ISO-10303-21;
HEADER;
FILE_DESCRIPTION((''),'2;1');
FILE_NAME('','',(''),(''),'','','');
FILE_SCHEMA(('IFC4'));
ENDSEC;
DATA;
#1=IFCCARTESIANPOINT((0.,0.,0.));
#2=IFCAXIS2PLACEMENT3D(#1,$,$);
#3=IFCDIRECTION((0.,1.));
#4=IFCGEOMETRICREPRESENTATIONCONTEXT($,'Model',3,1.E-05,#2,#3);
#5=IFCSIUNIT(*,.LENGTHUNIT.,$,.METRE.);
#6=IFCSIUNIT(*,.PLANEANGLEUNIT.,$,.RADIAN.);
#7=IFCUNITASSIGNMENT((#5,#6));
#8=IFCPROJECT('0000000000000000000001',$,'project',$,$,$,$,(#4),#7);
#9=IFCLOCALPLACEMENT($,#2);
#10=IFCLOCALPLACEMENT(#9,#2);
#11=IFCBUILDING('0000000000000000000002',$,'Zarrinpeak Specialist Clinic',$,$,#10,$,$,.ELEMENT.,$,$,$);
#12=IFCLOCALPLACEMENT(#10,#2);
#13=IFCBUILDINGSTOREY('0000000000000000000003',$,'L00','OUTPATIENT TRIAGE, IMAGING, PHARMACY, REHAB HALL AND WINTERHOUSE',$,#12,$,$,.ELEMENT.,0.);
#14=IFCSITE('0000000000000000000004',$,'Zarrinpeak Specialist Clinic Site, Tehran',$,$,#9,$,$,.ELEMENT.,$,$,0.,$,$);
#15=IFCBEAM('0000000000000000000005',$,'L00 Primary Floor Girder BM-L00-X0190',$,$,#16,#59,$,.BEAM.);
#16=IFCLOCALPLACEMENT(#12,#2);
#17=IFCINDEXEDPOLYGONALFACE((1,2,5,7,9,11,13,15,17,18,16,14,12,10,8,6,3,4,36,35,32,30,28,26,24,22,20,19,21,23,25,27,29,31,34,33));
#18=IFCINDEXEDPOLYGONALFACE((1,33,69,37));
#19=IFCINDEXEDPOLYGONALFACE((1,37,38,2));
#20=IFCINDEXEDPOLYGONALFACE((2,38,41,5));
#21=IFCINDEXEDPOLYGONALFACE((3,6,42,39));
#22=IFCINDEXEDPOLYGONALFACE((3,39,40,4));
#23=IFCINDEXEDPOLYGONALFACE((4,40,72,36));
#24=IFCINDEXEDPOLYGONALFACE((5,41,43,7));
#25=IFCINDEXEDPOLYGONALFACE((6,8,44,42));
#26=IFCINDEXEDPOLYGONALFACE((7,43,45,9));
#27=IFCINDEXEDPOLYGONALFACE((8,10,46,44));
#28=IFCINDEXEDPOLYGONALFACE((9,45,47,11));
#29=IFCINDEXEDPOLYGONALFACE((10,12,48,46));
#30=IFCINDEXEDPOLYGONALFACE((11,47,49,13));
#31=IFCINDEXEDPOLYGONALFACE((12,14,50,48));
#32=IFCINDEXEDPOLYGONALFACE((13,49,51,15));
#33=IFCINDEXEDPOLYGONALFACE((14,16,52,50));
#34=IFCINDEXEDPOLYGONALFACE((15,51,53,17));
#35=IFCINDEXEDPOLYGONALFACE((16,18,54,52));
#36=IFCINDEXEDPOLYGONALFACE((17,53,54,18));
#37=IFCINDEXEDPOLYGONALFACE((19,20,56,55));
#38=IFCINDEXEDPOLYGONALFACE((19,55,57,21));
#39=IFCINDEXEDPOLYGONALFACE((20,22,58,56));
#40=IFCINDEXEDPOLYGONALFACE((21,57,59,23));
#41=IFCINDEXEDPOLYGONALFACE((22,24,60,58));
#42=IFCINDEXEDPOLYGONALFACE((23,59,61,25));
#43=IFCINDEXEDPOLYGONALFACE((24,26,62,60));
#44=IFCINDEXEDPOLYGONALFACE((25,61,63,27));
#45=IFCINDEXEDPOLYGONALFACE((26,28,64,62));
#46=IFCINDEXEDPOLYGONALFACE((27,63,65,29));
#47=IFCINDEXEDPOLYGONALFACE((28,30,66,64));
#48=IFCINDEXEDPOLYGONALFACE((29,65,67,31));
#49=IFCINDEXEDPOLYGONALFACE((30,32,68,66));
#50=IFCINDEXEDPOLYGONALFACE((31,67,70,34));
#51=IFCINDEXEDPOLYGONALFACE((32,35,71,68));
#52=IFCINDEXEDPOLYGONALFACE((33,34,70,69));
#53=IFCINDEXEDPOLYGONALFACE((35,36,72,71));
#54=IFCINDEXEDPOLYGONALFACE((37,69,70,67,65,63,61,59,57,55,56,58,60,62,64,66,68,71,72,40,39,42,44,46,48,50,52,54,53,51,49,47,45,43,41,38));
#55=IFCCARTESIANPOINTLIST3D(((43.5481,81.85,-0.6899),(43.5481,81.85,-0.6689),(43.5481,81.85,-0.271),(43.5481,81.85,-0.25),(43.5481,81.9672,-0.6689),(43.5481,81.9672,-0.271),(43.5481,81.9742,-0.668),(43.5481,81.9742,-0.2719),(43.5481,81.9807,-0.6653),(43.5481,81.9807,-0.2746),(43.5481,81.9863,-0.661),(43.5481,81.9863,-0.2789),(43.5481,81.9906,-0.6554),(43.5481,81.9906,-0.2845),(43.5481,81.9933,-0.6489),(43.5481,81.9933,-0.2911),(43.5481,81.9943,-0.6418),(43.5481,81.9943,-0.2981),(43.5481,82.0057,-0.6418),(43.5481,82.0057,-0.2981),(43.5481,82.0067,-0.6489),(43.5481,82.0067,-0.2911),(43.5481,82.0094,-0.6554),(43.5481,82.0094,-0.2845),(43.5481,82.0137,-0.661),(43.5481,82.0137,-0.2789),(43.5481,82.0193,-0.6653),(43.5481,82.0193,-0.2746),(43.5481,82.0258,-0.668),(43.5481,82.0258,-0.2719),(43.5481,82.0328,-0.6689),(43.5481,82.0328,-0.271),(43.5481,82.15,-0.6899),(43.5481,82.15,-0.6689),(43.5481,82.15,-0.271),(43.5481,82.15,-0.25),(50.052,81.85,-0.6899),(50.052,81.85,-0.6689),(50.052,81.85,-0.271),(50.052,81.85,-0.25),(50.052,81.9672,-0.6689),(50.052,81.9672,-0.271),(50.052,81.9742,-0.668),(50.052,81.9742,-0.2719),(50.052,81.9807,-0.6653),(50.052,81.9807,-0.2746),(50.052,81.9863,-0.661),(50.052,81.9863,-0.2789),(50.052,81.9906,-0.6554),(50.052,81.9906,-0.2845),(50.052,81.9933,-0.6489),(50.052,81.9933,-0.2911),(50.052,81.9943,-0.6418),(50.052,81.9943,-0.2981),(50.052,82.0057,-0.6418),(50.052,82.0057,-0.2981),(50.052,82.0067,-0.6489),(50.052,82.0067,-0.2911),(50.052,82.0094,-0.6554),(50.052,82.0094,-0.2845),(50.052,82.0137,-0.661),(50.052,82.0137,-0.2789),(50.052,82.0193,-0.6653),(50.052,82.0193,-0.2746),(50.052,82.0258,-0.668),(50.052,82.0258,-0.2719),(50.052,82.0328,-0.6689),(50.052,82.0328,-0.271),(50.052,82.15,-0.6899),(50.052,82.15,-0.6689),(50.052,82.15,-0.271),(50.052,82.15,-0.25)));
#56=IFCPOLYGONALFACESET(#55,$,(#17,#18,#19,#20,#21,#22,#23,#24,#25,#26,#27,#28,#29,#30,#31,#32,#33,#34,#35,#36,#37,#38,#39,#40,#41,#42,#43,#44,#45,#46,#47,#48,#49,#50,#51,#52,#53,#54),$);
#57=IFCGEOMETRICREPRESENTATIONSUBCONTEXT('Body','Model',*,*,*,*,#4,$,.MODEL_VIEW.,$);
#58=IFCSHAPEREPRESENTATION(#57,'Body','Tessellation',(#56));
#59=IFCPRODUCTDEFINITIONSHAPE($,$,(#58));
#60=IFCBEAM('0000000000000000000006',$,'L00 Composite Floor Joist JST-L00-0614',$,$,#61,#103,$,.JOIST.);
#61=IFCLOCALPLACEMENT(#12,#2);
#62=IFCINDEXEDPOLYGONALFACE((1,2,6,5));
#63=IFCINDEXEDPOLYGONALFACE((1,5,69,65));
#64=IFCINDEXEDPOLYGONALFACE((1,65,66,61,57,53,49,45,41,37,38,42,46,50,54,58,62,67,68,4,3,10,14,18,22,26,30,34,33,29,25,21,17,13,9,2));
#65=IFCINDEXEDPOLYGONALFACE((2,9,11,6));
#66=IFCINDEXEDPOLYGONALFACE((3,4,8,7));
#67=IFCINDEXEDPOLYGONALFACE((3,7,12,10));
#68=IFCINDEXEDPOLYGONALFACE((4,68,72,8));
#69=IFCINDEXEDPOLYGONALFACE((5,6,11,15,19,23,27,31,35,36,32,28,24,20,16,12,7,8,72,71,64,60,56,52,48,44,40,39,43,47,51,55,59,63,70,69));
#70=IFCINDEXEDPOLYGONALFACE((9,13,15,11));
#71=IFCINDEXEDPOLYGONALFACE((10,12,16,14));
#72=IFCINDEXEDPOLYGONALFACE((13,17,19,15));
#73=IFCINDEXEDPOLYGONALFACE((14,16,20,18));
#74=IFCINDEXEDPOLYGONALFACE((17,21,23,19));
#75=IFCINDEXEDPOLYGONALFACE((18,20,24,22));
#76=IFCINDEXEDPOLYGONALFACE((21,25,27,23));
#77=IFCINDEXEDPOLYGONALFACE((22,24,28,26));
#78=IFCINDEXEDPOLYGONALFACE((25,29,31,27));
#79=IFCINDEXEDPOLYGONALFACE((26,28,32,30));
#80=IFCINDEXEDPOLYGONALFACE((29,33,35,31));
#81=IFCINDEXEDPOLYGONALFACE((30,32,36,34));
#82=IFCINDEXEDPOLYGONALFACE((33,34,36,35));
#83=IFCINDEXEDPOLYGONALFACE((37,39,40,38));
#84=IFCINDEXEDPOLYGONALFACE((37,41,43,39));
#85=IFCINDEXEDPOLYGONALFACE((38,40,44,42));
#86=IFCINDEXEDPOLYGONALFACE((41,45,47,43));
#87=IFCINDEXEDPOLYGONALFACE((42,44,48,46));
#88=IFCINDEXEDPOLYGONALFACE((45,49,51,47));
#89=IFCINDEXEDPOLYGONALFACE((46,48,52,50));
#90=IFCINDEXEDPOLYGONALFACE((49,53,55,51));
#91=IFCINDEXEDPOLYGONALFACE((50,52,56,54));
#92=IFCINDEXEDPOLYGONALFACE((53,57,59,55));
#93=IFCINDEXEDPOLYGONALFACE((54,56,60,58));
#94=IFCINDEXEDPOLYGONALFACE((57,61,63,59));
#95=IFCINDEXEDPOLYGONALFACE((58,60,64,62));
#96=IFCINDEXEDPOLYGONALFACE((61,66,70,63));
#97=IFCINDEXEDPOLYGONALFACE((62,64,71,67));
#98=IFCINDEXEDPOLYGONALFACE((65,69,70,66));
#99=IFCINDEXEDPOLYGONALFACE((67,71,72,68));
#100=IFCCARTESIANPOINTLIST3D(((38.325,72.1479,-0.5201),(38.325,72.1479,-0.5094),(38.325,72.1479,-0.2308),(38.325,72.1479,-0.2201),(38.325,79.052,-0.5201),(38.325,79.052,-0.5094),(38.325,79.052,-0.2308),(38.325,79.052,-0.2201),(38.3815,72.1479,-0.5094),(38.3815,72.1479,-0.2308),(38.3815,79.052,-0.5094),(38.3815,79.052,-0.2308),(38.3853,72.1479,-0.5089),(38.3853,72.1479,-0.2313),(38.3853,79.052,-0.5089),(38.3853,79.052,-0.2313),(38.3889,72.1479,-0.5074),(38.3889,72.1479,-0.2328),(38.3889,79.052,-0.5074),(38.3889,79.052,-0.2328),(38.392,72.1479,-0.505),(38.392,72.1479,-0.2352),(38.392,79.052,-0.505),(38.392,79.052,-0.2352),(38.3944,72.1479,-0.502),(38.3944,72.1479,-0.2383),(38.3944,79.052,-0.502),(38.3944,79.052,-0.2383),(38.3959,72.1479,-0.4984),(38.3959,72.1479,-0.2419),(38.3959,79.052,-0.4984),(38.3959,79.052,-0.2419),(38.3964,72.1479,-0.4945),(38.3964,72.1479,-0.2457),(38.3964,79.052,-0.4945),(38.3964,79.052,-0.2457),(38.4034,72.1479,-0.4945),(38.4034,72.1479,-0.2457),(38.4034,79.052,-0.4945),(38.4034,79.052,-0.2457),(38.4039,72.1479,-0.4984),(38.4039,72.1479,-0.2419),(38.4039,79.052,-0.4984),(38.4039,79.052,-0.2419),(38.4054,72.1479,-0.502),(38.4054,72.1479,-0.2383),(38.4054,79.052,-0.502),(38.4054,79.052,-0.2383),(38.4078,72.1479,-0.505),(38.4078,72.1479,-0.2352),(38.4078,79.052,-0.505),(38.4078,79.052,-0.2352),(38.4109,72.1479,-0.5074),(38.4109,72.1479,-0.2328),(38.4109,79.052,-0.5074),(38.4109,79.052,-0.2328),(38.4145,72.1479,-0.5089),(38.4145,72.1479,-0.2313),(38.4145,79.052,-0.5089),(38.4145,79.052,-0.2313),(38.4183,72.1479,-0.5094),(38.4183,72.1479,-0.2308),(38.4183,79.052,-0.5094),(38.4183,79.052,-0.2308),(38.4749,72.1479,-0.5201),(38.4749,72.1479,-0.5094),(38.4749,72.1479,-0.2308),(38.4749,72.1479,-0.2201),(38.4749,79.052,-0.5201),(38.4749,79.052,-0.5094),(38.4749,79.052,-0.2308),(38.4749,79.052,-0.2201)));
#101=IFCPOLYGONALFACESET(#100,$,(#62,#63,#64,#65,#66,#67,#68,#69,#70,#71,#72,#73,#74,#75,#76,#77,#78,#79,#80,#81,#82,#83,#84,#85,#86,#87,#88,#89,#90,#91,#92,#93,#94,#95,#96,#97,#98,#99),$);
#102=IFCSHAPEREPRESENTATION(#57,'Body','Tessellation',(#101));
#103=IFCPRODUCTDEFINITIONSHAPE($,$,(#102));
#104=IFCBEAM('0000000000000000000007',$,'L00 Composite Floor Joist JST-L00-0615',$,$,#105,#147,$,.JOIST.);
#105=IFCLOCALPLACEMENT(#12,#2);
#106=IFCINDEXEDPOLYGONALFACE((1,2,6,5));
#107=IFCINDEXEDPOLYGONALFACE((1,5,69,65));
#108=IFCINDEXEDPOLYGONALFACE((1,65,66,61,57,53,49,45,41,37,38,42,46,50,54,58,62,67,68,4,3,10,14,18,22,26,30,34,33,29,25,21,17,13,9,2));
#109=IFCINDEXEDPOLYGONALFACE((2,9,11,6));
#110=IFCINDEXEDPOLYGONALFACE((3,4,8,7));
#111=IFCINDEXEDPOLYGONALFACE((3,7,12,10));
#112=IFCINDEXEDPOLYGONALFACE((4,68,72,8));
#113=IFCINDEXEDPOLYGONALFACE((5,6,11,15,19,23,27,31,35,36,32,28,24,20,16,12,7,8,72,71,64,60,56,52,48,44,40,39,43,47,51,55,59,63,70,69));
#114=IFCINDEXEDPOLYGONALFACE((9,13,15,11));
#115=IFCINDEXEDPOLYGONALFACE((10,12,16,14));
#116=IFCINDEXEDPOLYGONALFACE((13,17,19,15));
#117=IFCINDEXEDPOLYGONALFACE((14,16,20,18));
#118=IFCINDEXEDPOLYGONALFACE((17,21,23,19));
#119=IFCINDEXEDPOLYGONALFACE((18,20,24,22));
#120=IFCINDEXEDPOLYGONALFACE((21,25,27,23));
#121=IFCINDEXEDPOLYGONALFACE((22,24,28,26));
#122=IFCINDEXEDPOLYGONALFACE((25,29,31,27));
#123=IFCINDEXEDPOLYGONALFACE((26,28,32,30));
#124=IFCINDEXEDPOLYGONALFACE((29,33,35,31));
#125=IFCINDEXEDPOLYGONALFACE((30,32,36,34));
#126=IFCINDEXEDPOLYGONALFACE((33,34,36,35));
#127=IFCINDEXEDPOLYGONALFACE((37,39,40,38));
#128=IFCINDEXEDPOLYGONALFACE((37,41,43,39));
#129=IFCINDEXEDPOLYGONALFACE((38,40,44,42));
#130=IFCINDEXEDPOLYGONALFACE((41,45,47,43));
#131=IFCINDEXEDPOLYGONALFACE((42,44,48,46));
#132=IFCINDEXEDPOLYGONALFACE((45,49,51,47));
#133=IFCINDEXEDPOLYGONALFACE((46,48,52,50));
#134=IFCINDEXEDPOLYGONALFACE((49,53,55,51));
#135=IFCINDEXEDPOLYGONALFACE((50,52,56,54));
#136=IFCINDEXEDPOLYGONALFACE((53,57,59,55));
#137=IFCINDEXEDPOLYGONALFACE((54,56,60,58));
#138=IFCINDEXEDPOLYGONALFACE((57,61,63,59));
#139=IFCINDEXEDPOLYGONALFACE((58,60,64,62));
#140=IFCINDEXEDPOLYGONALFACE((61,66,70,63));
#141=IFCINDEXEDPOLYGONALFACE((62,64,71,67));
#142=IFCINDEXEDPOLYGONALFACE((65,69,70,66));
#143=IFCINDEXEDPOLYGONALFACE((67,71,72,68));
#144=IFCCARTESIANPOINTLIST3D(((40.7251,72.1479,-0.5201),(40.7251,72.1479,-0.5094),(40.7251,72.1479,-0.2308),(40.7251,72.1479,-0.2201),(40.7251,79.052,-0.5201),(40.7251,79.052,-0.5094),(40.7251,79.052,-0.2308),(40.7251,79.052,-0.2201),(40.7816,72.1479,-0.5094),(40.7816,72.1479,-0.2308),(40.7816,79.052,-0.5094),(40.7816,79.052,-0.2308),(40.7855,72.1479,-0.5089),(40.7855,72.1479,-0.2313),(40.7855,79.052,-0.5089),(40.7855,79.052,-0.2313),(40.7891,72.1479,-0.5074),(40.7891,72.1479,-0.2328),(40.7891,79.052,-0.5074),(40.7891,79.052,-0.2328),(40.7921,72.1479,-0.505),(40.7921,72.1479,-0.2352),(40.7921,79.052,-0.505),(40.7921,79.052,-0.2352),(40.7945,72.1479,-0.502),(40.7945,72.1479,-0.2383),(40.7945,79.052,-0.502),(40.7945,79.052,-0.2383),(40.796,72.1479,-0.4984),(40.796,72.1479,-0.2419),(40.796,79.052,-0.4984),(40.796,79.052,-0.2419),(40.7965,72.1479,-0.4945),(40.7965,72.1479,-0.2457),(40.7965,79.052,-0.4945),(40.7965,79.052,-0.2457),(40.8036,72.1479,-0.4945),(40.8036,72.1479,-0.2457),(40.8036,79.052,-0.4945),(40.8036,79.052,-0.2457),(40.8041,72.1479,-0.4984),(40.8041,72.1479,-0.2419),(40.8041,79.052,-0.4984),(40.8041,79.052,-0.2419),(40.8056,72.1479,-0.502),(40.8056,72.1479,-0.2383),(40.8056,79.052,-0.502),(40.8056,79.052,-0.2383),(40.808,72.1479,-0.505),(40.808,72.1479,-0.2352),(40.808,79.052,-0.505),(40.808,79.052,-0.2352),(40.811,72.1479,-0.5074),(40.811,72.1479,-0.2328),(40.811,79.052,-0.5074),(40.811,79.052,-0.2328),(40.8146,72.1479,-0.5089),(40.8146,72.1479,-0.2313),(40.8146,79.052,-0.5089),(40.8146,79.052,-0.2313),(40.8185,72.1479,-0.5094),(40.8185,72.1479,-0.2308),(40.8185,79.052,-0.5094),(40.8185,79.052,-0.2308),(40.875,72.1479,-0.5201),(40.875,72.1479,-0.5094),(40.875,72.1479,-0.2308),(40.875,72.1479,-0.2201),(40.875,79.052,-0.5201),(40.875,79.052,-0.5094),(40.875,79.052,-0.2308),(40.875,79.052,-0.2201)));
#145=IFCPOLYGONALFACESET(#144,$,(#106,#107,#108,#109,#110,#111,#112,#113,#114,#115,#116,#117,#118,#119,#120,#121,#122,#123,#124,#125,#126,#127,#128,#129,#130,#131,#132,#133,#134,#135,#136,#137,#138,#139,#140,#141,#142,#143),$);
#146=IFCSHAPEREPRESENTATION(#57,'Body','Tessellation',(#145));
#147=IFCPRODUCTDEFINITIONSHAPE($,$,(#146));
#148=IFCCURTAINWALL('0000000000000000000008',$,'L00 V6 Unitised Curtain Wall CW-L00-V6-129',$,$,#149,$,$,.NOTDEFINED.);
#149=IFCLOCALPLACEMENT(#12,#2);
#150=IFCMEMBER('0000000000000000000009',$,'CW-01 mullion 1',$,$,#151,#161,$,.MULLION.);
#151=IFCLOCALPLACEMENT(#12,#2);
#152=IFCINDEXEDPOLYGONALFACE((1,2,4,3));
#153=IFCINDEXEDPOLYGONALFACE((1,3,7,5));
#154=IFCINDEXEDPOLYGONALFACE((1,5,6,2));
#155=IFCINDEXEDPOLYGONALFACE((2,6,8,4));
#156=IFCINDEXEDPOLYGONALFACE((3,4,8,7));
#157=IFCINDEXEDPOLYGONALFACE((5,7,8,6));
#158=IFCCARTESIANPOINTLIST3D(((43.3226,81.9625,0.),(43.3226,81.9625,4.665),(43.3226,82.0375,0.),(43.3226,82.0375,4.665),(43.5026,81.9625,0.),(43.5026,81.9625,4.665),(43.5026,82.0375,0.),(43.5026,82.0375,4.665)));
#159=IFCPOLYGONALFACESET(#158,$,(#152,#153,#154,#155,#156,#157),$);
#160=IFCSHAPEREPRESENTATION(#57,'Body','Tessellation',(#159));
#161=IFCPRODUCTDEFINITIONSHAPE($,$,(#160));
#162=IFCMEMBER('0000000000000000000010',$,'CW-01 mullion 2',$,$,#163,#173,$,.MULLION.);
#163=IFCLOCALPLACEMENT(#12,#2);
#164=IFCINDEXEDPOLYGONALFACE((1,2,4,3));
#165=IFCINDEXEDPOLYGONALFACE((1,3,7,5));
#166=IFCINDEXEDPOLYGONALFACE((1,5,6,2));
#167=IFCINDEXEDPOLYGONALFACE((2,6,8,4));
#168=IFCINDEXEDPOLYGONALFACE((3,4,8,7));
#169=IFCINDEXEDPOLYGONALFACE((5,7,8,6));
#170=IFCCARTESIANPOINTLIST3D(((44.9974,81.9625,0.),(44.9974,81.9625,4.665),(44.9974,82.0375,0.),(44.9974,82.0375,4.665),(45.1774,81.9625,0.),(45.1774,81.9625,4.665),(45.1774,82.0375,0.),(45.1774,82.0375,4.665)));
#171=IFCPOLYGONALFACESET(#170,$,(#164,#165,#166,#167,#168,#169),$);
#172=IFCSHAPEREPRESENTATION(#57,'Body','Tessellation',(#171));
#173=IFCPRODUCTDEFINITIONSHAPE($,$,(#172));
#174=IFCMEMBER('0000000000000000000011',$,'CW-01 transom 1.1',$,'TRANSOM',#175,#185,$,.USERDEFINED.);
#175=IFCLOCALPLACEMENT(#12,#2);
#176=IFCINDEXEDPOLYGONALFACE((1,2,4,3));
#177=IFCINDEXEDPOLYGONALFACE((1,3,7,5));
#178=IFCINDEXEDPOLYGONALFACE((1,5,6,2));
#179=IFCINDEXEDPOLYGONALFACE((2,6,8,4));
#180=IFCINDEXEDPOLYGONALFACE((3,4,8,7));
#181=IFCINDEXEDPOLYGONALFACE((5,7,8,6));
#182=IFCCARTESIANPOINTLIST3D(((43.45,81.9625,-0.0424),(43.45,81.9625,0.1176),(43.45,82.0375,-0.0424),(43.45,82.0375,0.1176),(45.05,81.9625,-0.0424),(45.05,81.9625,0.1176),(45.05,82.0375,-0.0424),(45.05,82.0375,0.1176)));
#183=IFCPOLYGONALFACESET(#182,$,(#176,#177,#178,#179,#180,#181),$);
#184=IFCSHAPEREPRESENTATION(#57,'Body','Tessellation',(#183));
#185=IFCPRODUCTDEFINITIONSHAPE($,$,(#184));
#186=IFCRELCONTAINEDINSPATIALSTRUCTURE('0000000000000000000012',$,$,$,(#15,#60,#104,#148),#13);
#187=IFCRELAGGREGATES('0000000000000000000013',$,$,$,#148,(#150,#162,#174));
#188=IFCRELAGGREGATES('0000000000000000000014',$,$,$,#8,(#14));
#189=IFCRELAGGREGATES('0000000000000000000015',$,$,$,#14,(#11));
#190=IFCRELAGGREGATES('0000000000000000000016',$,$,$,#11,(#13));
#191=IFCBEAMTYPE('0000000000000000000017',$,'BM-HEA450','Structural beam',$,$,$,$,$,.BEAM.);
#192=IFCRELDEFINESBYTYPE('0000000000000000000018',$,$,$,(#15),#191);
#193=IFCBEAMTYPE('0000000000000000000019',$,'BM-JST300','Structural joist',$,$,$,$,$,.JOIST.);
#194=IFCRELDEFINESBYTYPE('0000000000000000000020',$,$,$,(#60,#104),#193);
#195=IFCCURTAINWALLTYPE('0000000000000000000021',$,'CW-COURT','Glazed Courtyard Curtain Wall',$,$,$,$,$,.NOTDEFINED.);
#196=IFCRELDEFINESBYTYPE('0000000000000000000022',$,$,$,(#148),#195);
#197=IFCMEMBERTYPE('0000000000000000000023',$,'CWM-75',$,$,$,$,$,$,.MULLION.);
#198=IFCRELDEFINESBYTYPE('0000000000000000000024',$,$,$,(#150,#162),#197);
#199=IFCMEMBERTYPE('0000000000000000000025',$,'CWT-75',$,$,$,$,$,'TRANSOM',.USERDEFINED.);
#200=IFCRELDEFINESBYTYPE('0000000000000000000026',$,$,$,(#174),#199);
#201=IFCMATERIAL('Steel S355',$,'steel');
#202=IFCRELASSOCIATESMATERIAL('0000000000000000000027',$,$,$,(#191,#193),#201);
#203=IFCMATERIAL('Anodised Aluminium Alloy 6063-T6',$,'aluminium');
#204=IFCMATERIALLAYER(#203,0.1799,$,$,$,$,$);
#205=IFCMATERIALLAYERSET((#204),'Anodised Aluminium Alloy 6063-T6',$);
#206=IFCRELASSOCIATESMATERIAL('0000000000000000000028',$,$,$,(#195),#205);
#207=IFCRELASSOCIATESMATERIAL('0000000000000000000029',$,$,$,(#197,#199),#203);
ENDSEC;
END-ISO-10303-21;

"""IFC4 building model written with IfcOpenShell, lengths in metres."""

from ifc_helpers import new_model, si_unit, direction, frame, origin, origin_2d, place, context, subcontext, project, spatial, rectangle, i_section, extrude, material, layer, layer_set, material_profile, profile_set, type_object, element, aggregate, save


model = new_model("IFC4")

# Units and contexts
model_context = context("Model", 3, precision=1e-05, world=origin(), true_north=direction((0.0, 1.0)))
body_context = subcontext(model_context, "Body", "Model", "MODEL_VIEW")
ifc_project = project(units=[si_unit("LENGTHUNIT", "METRE"), si_unit("PLANEANGLEUNIT", "RADIAN")], contexts=[model_context])

# Site, building, storey
site_placement = place(None, origin())
site = spatial("IfcSite", under=ifc_project, at=site_placement, Name="Zarrinpeak Specialist Clinic Site, Tehran", CompositionType="ELEMENT", RefElevation=0.0)
building_placement = place(site_placement, origin())
building = spatial("IfcBuilding", under=site, at=building_placement, Name="Zarrinpeak Specialist Clinic", CompositionType="ELEMENT")
storey_placement = place(building_placement, origin())
storey = spatial("IfcBuildingStorey", under=building, at=storey_placement, Name="L00", Description="OUTPATIENT TRIAGE, IMAGING, PHARMACY, REHAB HALL AND WINTERHOUSE", CompositionType="ELEMENT", Elevation=0.0)

# Shared definitions
ifc_material_1 = material(Name="Steel S355", Category="steel")

# Beams
ifc_material_profile_1 = material_profile(ifc_material_1, i_section(OverallWidth=0.3, OverallDepth=0.4399, WebThickness=0.0115, FlangeThickness=0.021, FilletRadius=0.0271, at=origin_2d()), Name="HEA 450")
ifc_profile_set_1 = profile_set([ifc_material_profile_1], Name="Steel S355")
beam_type_1 = type_object("IfcBeamType", Name="BM-HEA450", Description="Structural beam", PredefinedType="BEAM", material=ifc_profile_set_1)
beam_1_placement = place(storey_placement, frame((43.5481, 82.0, -0.47), z_axis=(1.0, 0.0, 0.0), x_axis=(0.0, 1.0, 0.0)))
element("IfcBeam", 1, at=beam_1_placement, inside=storey, type_object=beam_type_1, Name="L00 Primary Floor Girder BM-L00-X0190", PredefinedType="BEAM", context=body_context, shape_type="SweptSolid", body=[
    extrude(i_section(OverallWidth=0.3, OverallDepth=0.4399, WebThickness=0.0115, FlangeThickness=0.021, FilletRadius=0.0271, at=origin_2d()), origin(), (0.0, 0.0, 1.0), 6.5039),
])
ifc_material_profile_2 = material_profile(ifc_material_1, i_section(OverallWidth=0.1499, OverallDepth=0.3, WebThickness=0.0071, FlangeThickness=0.0107, FilletRadius=0.0149, at=origin_2d()), Name="IPE 300")
ifc_profile_set_2 = profile_set([ifc_material_profile_2], Name="Steel S355")
beam_type_2 = type_object("IfcBeamType", Name="BM-JST300", Description="Structural joist", PredefinedType="JOIST", material=ifc_profile_set_2)
for number, where, z_axis, x_axis, name in (
    (2, (38.3999, 72.1479, -0.3701), (0.0, 1.0, 0.0), (-1.0, 0.0, 0.0), "L00 Composite Floor Joist JST-L00-0614"),
    (3, (40.8, 72.1479, -0.3701), (0.0, 1.0, 0.0), (-1.0, 0.0, 0.0), "L00 Composite Floor Joist JST-L00-0615"),
):
    element("IfcBeam", number, at=place(storey_placement, frame(where, z_axis=z_axis, x_axis=x_axis)), inside=storey, type_object=beam_type_2, Name=name, PredefinedType="JOIST", context=body_context, shape_type="SweptSolid", body=[
        extrude(i_section(OverallWidth=0.1499, OverallDepth=0.3, WebThickness=0.0071, FlangeThickness=0.0107, FilletRadius=0.0149, at=origin_2d()), origin(), (0.0, 0.0, 1.0), 6.9041),
    ])

# Curtain wall, members
ifc_material_2 = material(Name="Anodised Aluminium Alloy 6063-T6", Category="aluminium")
ifc_layer_1 = layer(ifc_material_2, 0.1799)
ifc_layer_set_1 = layer_set([ifc_layer_1], Name="Anodised Aluminium Alloy 6063-T6")
curtain_wall_type = type_object("IfcCurtainWallType", Name="CW-COURT", Description="Glazed Courtyard Curtain Wall", PredefinedType="NOTDEFINED", material=ifc_layer_set_1)
curtain_wall_placement = place(storey_placement, origin())
curtain_wall = element("IfcCurtainWall", 4, at=curtain_wall_placement, inside=storey, type_object=curtain_wall_type, Name="L00 V6 Unitised Curtain Wall CW-L00-V6-129", PredefinedType="NOTDEFINED")
ifc_material_profile_3 = material_profile(ifc_material_2, rectangle(XDim=0.075, YDim=0.1799, at=origin_2d()), Name="ALU 75x180")
ifc_profile_set_3 = profile_set([ifc_material_profile_3], Name="Anodised Aluminium Alloy 6063-T6")
member_type_1 = type_object("IfcMemberType", Name="CWM-75", PredefinedType="MULLION", material=ifc_profile_set_3)
member_1_placement = place(storey_placement, frame((43.4126, 82.0, 0.0), z_axis=(0.0, 0.0, 1.0), x_axis=(0.0, 1.0, 0.0)))
member_1 = element("IfcMember", 5, at=member_1_placement, type_object=member_type_1, Name="CW-01 mullion 1", PredefinedType="MULLION", context=body_context, shape_type="SweptSolid", body=[
    extrude(rectangle(XDim=0.075, YDim=0.1799, at=origin_2d()), origin(), (0.0, 0.0, 1.0), 4.665),
])
member_2_placement = place(storey_placement, frame((45.0874, 82.0, 0.0), z_axis=(0.0, 0.0, 1.0), x_axis=(0.0, 1.0, 0.0)))
member_2 = element("IfcMember", 6, at=member_2_placement, type_object=member_type_1, Name="CW-01 mullion 2", PredefinedType="MULLION", context=body_context, shape_type="SweptSolid", body=[
    extrude(rectangle(XDim=0.075, YDim=0.1799, at=origin_2d()), origin(), (0.0, 0.0, 1.0), 4.665),
])
ifc_material_profile_4 = material_profile(ifc_material_2, rectangle(XDim=0.075, YDim=0.1599, at=origin_2d()), Name="ALU 75x160")
ifc_profile_set_4 = profile_set([ifc_material_profile_4], Name="Anodised Aluminium Alloy 6063-T6")
member_type_2 = type_object("IfcMemberType", Name="CWT-75", ElementType="TRANSOM", PredefinedType="USERDEFINED", material=ifc_profile_set_4)
member_3_placement = place(storey_placement, frame((43.45, 82.0, 0.0376), z_axis=(1.0, 0.0, 0.0), x_axis=(0.0, 1.0, 0.0)))
member_3 = element("IfcMember", 7, at=member_3_placement, type_object=member_type_2, Name="CW-01 transom 1.1", ObjectType="TRANSOM", PredefinedType="USERDEFINED", context=body_context, shape_type="SweptSolid", body=[
    extrude(rectangle(XDim=0.075, YDim=0.1599, at=origin_2d()), origin(), (0.0, 0.0, 1.0), 1.6001),
])
aggregate(curtain_wall, [member_1, member_2, member_3])

save(model, "model.ifc")
